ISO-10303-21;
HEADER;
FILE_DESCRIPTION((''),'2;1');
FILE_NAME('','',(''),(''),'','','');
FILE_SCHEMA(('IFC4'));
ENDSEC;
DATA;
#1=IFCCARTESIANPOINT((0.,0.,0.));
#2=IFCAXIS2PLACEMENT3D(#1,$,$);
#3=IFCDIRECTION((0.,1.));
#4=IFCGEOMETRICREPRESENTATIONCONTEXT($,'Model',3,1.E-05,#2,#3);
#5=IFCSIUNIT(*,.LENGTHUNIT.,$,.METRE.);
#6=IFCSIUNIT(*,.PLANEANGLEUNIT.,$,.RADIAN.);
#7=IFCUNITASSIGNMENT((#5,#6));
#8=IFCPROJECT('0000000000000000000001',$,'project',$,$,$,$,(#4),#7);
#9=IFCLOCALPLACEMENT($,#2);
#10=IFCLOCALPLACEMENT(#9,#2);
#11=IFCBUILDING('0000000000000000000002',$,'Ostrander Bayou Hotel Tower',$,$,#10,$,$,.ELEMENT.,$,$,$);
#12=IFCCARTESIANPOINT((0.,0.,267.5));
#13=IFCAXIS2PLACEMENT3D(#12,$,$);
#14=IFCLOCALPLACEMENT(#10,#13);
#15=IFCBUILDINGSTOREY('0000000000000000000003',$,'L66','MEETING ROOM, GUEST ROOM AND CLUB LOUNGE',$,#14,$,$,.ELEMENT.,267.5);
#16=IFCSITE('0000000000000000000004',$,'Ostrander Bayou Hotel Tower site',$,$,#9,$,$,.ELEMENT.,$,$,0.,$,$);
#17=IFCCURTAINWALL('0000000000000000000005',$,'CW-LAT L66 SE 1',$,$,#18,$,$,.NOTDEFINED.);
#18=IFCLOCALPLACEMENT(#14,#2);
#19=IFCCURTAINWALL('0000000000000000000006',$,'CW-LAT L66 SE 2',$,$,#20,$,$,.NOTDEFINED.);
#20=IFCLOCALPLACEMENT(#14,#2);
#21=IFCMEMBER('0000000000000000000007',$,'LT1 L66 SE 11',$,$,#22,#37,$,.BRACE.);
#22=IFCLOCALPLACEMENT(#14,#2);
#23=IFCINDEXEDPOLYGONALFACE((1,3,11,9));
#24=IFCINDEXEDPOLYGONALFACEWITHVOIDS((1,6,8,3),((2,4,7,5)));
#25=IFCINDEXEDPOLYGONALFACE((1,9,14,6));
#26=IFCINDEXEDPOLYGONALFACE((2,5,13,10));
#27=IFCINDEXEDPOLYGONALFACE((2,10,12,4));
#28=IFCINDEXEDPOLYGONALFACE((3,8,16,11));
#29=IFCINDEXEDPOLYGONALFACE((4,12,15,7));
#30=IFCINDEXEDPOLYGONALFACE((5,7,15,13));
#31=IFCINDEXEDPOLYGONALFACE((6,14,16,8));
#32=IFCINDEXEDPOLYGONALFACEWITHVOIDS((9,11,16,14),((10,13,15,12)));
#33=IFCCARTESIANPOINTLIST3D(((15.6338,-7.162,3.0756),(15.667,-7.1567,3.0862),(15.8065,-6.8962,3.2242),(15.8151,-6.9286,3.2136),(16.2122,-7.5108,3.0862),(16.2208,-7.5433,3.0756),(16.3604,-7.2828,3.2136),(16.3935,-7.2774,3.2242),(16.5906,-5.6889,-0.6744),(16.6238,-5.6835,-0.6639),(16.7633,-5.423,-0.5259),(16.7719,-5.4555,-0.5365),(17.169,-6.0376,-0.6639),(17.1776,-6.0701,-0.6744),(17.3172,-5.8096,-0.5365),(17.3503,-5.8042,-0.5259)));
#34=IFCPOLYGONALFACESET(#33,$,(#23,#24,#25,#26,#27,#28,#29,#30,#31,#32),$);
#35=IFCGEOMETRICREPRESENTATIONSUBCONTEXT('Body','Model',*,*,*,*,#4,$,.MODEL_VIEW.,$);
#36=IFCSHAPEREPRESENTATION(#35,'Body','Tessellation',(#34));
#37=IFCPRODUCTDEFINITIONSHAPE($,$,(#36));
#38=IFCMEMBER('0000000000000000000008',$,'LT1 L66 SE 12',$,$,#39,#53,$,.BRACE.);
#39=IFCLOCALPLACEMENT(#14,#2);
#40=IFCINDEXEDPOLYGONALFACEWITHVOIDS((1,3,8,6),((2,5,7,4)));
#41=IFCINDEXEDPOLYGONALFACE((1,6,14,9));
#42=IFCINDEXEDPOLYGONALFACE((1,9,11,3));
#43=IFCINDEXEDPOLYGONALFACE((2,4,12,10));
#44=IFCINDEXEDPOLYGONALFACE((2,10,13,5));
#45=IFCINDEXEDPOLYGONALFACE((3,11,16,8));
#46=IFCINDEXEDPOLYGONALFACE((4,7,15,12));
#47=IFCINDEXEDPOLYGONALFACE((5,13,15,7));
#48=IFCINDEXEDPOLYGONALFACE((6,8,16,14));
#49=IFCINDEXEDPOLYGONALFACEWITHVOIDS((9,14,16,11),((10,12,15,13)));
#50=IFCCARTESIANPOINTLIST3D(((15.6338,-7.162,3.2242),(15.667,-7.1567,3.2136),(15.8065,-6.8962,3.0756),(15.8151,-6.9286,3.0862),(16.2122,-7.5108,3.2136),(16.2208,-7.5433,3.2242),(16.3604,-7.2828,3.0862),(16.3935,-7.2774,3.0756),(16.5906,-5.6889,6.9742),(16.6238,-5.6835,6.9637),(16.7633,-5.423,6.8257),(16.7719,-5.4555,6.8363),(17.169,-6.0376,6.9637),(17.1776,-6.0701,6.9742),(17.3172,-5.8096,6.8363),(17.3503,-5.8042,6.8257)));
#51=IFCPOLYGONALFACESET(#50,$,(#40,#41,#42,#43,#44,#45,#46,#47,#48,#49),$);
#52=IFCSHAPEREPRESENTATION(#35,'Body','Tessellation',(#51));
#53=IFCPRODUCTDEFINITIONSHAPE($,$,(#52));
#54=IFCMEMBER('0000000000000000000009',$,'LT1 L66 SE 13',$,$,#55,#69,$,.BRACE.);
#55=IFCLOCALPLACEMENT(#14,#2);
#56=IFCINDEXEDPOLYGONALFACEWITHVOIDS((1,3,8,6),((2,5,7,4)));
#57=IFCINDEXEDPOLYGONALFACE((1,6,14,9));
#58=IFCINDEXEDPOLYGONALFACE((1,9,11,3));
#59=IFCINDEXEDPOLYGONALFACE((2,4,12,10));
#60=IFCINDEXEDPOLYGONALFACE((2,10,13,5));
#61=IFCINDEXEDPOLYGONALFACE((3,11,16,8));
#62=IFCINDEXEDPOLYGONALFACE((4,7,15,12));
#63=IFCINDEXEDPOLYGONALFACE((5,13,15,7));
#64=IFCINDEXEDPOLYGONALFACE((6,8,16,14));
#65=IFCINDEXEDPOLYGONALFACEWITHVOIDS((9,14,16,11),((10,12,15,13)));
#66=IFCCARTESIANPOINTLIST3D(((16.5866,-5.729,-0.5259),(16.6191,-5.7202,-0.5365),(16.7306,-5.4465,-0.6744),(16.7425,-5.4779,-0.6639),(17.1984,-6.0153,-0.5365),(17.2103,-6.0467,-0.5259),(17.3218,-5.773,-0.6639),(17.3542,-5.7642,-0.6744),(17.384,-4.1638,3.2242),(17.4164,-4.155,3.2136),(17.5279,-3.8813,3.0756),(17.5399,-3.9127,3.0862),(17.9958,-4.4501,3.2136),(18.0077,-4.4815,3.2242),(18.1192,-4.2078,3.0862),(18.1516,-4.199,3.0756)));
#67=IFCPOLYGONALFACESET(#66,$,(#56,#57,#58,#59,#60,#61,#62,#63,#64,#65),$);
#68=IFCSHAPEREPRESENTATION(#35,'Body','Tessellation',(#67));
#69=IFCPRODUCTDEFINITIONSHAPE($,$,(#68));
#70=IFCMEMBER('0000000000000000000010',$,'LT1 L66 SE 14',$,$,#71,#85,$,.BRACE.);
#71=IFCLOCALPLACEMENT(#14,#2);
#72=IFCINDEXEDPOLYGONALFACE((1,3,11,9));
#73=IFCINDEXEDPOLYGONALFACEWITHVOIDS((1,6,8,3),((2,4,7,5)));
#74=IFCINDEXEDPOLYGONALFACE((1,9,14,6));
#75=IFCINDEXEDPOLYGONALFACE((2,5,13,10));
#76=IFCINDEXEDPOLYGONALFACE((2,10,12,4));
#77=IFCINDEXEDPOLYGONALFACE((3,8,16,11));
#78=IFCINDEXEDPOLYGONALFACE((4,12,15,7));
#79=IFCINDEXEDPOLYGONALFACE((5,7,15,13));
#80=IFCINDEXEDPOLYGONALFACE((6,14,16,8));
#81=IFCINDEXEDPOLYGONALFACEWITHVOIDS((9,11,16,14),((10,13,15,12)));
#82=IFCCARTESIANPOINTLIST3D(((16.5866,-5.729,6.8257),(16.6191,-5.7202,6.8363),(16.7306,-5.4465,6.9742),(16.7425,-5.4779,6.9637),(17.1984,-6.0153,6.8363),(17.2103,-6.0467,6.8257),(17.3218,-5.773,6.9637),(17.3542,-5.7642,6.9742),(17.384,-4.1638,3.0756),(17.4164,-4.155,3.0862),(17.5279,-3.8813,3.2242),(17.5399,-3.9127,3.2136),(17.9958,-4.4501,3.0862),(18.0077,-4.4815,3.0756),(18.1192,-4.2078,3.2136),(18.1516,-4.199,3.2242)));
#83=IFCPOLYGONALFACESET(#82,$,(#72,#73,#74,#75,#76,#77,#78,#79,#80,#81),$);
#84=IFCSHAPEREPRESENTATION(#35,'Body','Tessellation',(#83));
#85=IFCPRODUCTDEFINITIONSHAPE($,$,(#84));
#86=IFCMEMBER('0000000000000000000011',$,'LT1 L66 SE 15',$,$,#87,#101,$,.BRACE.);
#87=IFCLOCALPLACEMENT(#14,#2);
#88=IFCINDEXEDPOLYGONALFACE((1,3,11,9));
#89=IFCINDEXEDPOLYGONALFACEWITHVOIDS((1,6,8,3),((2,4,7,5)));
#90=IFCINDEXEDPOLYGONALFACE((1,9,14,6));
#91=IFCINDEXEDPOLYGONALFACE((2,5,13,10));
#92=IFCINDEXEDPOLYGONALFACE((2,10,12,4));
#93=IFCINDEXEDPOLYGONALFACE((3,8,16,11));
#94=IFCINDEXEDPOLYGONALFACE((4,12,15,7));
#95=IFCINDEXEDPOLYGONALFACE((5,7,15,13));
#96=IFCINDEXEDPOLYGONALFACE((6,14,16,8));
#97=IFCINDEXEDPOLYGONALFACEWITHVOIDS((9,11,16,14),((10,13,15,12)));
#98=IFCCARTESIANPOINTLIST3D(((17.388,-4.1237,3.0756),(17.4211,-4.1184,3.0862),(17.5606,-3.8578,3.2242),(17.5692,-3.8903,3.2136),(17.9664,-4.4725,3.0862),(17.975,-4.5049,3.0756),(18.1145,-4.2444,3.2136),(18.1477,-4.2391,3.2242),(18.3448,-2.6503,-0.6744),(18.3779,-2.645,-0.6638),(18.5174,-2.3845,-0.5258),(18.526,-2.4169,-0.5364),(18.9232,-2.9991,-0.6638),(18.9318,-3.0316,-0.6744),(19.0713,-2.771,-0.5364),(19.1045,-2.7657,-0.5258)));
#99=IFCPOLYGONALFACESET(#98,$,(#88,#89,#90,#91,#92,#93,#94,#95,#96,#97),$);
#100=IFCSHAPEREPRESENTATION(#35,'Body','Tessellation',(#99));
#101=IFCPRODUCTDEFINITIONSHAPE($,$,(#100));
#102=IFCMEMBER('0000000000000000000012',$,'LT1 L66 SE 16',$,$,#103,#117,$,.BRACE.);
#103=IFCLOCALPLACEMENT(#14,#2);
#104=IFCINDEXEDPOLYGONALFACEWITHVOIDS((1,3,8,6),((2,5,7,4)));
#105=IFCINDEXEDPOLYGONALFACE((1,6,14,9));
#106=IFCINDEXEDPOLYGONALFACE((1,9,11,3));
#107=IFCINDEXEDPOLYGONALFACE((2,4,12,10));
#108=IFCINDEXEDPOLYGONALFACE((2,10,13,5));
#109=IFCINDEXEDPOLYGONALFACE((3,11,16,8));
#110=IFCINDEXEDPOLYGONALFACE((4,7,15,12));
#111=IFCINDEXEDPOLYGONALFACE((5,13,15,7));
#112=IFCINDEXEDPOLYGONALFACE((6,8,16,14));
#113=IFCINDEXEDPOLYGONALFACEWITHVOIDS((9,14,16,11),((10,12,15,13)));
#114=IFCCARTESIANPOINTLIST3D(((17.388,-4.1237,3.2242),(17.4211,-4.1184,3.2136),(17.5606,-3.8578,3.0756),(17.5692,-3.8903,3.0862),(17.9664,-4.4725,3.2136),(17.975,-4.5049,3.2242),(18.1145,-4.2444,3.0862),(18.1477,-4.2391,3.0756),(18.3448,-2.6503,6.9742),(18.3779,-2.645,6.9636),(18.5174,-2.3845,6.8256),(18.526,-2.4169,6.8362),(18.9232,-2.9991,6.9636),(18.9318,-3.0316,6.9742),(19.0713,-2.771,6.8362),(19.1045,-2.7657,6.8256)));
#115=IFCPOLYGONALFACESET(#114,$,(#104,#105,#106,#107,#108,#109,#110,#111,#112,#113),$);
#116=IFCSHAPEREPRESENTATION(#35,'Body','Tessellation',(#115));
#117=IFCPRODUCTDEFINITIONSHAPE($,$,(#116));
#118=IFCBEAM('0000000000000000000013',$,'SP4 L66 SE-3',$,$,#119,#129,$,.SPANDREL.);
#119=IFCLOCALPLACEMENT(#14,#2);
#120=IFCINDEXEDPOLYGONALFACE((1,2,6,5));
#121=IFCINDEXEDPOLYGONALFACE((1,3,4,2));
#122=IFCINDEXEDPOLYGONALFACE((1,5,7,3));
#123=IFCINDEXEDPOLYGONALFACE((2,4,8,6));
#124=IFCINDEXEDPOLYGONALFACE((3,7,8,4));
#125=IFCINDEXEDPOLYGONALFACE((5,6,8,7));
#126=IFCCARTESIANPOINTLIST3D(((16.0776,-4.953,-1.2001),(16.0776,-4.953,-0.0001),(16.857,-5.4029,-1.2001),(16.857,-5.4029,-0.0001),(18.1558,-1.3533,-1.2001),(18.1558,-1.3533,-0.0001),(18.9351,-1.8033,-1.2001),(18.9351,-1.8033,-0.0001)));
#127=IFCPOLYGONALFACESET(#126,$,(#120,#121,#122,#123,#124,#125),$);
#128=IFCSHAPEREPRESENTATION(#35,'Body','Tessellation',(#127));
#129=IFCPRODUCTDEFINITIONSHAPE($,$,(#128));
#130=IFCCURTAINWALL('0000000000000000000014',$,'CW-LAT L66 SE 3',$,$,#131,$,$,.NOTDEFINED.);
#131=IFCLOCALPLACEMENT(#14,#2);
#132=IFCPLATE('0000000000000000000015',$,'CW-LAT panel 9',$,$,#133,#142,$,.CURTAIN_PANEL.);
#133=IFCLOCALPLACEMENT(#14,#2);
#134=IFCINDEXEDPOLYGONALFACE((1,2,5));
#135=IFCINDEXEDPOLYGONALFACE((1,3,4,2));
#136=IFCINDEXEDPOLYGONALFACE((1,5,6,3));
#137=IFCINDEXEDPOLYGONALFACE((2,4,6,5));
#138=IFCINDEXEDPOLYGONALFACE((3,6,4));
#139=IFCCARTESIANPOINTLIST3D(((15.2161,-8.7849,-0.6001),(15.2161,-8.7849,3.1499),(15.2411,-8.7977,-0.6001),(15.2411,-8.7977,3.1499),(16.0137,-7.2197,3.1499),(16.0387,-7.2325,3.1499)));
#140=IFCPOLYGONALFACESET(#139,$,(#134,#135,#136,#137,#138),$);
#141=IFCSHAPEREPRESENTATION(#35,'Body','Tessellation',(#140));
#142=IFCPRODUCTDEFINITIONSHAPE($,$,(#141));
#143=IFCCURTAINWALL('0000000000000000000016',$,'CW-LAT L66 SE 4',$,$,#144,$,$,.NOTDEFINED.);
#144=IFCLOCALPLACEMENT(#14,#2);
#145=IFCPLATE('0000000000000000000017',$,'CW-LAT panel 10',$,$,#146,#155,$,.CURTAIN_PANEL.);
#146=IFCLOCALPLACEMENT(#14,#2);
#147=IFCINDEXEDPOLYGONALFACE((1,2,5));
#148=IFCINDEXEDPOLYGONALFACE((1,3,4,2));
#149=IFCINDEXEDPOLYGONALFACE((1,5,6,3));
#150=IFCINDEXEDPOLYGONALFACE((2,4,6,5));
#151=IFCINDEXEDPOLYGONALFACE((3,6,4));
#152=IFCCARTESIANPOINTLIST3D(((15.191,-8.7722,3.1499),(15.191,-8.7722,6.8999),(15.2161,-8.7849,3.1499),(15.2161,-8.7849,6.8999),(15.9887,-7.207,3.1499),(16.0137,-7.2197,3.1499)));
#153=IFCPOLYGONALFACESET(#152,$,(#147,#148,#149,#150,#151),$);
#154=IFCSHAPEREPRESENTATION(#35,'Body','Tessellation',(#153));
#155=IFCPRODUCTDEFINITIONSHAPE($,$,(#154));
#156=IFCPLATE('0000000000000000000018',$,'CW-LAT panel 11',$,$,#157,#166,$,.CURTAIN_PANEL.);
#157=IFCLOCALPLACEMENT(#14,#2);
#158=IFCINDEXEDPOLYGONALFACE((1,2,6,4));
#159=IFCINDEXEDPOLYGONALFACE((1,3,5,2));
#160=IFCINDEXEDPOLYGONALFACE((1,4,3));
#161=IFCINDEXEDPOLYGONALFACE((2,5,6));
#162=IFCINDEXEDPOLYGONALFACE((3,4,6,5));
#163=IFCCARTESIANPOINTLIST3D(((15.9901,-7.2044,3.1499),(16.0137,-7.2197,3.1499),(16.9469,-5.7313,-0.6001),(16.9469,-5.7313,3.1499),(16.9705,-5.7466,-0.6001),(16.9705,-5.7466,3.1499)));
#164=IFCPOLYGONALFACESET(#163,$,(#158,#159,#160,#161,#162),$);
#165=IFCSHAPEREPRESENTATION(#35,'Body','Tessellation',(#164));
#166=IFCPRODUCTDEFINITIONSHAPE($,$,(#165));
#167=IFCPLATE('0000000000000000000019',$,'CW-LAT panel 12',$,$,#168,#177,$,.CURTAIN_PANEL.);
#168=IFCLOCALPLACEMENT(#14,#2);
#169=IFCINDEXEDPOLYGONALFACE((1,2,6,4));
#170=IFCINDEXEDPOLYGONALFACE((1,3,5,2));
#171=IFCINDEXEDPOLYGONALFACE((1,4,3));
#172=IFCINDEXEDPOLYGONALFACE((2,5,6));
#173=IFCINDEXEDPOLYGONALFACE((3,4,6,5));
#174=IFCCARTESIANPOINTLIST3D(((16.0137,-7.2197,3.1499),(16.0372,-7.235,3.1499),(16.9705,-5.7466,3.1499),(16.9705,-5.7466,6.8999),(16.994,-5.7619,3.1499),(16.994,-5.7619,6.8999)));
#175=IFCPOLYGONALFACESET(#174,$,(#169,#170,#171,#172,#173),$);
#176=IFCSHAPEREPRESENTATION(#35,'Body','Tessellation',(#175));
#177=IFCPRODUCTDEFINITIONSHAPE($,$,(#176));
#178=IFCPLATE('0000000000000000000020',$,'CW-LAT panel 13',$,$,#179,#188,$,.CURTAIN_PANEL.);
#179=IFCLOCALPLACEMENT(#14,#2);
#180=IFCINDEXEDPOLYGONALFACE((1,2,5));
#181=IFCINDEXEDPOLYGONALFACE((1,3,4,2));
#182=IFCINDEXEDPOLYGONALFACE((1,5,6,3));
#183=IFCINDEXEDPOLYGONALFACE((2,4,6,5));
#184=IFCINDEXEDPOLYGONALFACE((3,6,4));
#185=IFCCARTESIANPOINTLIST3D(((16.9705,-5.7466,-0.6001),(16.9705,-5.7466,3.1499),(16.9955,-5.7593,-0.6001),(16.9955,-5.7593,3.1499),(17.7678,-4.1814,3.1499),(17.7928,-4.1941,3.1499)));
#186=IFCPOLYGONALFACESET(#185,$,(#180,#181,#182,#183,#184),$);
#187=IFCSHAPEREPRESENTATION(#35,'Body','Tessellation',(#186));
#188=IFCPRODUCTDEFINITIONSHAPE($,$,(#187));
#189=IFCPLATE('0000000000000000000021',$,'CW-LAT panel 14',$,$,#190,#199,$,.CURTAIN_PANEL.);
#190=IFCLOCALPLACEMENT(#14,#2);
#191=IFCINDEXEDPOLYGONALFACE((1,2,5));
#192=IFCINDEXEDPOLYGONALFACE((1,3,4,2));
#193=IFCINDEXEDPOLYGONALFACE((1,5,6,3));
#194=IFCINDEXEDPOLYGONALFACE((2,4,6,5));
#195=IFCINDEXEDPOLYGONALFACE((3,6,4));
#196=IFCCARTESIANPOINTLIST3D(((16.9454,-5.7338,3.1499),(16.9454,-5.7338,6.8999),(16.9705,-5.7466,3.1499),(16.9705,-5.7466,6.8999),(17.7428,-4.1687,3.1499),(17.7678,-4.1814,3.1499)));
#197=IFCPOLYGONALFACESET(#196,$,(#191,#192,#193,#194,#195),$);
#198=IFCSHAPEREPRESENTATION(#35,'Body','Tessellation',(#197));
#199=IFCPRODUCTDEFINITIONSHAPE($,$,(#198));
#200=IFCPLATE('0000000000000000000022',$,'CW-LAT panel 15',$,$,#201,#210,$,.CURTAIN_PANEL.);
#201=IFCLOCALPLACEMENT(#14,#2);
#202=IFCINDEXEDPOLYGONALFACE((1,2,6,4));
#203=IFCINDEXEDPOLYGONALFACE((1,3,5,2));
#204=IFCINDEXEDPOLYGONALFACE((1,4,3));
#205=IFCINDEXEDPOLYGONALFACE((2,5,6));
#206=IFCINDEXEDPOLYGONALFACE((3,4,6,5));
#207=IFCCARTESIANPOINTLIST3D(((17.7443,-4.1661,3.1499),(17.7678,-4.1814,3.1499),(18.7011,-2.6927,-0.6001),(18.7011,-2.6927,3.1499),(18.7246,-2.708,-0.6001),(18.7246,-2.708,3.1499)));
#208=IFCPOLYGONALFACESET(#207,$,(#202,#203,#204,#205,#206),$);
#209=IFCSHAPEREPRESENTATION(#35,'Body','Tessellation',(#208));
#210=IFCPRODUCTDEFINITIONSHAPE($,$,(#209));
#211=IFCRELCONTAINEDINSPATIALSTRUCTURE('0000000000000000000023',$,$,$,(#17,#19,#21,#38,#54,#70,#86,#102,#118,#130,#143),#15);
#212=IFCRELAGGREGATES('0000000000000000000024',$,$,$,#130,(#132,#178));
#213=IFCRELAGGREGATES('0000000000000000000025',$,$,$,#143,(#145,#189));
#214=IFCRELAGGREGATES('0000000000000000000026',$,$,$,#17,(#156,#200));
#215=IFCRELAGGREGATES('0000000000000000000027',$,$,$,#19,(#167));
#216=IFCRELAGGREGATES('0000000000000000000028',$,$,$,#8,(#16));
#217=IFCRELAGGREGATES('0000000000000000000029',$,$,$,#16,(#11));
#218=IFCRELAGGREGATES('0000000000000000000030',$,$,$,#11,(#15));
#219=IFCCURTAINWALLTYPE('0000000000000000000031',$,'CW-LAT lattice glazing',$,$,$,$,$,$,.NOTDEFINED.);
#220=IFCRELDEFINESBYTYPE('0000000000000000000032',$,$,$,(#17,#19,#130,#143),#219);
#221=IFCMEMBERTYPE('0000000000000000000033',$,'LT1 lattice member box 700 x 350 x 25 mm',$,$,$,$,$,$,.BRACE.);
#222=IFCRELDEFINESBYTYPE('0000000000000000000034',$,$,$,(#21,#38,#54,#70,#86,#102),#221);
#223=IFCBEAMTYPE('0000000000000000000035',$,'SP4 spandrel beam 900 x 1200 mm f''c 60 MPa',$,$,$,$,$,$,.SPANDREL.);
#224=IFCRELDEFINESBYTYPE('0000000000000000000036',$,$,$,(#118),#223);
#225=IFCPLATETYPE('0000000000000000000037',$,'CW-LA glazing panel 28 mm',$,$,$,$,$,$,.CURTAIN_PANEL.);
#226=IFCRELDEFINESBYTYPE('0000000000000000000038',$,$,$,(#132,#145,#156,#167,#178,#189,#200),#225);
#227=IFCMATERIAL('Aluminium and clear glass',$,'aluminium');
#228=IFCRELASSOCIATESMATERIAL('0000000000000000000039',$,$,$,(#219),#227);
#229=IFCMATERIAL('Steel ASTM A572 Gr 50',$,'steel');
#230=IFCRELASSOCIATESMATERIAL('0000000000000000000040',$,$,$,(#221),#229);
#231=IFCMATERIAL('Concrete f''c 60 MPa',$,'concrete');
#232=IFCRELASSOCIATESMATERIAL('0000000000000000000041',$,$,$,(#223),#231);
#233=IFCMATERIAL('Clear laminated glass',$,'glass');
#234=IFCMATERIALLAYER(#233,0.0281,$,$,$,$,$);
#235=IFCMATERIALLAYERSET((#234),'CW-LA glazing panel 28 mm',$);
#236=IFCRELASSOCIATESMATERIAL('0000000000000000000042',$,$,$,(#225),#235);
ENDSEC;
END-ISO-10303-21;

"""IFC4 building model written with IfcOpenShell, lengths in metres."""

from ifc_helpers import new_model, si_unit, direction, frame, origin, origin_2d, place, context, subcontext, project, spatial, polyline, rectangle, hollow_rectangle, outline, extrude, material, layer, layer_set, material_profile, profile_set, type_object, element, aggregate, save


model = new_model("IFC4")

# Units and contexts
model_context = context("Model", 3, precision=1e-05, world=origin(), true_north=direction((0.0, 1.0)))
body_context = subcontext(model_context, "Body", "Model", "MODEL_VIEW")
ifc_project = project(units=[si_unit("LENGTHUNIT", "METRE"), si_unit("PLANEANGLEUNIT", "RADIAN")], contexts=[model_context])

# Site, building, storey
site_placement = place(None, origin())
site = spatial("IfcSite", under=ifc_project, at=site_placement, Name="Ostrander Bayou Hotel Tower site", CompositionType="ELEMENT", RefElevation=0.0)
building_placement = place(site_placement, origin())
building = spatial("IfcBuilding", under=site, at=building_placement, Name="Ostrander Bayou Hotel Tower", CompositionType="ELEMENT")
storey_placement = place(building_placement, frame((0.0, 0.0, 267.5)))
storey = spatial("IfcBuildingStorey", under=building, at=storey_placement, Name="L66", Description="MEETING ROOM, GUEST ROOM AND CLUB LOUNGE", CompositionType="ELEMENT", Elevation=267.5)

# Curtain walls
ifc_material_1 = material(Name="Aluminium and clear glass", Category="aluminium")
curtain_wall_type = type_object("IfcCurtainWallType", Name="CW-LAT lattice glazing", PredefinedType="NOTDEFINED", material=ifc_material_1)
curtain_wall_1_placement = place(storey_placement, origin())
curtain_wall_1 = element("IfcCurtainWall", 1, at=curtain_wall_1_placement, inside=storey, type_object=curtain_wall_type, Name="CW-LAT L66 SE 1", PredefinedType="NOTDEFINED")
curtain_wall_2_placement = place(storey_placement, origin())
curtain_wall_2 = element("IfcCurtainWall", 2, at=curtain_wall_2_placement, inside=storey, type_object=curtain_wall_type, Name="CW-LAT L66 SE 2", PredefinedType="NOTDEFINED")

# Members
ifc_material_2 = material(Name="Steel ASTM A572 Gr 50", Category="steel")
ifc_material_profile_1 = material_profile(ifc_material_2, hollow_rectangle(XDim=0.7, YDim=0.3501, WallThickness=0.0249, at=origin_2d()))
ifc_profile_set_1 = profile_set([ifc_material_profile_1], Name="Steel ASTM A572 Gr 50")
member_type_1 = type_object("IfcMemberType", Name="LT1 lattice member box 700 x 350 x 25 mm", PredefinedType="BRACE", material=ifc_profile_set_1)
for number, where, z_axis, x_axis, name in (
    (3, (16.0137, -7.2197, 3.1499), (0.231051, 0.355744, -0.905573), (-0.83864, 0.544685, 0.0), "LT1 L66 SE 11"),
    (4, (16.0137, -7.2197, 3.1499), (0.231051, 0.355744, 0.905573), (-0.83864, 0.544685, 0.0), "LT1 L66 SE 12"),
    (5, (17.7678, -4.1814, 3.1499), (-0.192552, -0.37797, -0.905573), (0.891038, -0.453928, 0.0), "LT1 L66 SE 13"),
    (6, (17.7678, -4.1814, 3.1499), (-0.192552, -0.37797, 0.905573), (0.891038, -0.453928, 0.0), "LT1 L66 SE 14"),
    (7, (17.7678, -4.1814, 3.1499), (0.231046, 0.355795, -0.905554), (-0.838682, 0.544622, 0.0), "LT1 L66 SE 15"),
    (8, (17.7678, -4.1814, 3.1499), (0.231046, 0.355795, 0.905554), (-0.838682, 0.544622, 0.0), "LT1 L66 SE 16"),
):
    element("IfcMember", number, at=place(storey_placement, frame(where, z_axis=z_axis, x_axis=x_axis)), inside=storey, type_object=member_type_1, Name=name, PredefinedType="BRACE", context=body_context, shape_type="SweptSolid", body=[
        extrude(hollow_rectangle(XDim=0.7, YDim=0.3501, WallThickness=0.0249, at=origin_2d()), origin(), (0.0, 0.0, 1.0), 4.1411),
    ])

# Beam
ifc_material_3 = material(Name="Concrete f'c 60 MPa", Category="concrete")
ifc_material_profile_2 = material_profile(ifc_material_3, rectangle(XDim=0.8999, YDim=1.2, at=origin_2d()))
ifc_profile_set_2 = profile_set([ifc_material_profile_2], Name="Concrete f'c 60 MPa")
beam_type_1 = type_object("IfcBeamType", Name="SP4 spandrel beam 900 x 1200 mm f'c 60 MPa", PredefinedType="SPANDREL", material=ifc_profile_set_2)
beam_1_placement = place(storey_placement, frame((16.4673, -5.178, -0.6001), z_axis=(0.49998, 0.866037, 0.0), x_axis=(-0.866037, 0.49998, 0.0)))
element("IfcBeam", 9, at=beam_1_placement, inside=storey, type_object=beam_type_1, Name="SP4 L66 SE-3", PredefinedType="SPANDREL", context=body_context, shape_type="SweptSolid", body=[
    extrude(rectangle(XDim=0.8999, YDim=1.2, at=origin_2d()), origin(), (0.0, 0.0, 1.0), 4.1565),
])

# Curtain walls, plates
curtain_wall_3_placement = place(storey_placement, origin())
curtain_wall_3 = element("IfcCurtainWall", 10, at=curtain_wall_3_placement, inside=storey, type_object=curtain_wall_type, Name="CW-LAT L66 SE 3", PredefinedType="NOTDEFINED")
ifc_material_4 = material(Name="Clear laminated glass", Category="glass")
ifc_layer_1 = layer(ifc_material_4, 0.0281)
ifc_layer_set_1 = layer_set([ifc_layer_1], Name="CW-LA glazing panel 28 mm")
plate_type = type_object("IfcPlateType", Name="CW-LA glazing panel 28 mm", PredefinedType="CURTAIN_PANEL", material=ifc_layer_set_1)
plate_1_placement = place(storey_placement, frame((16.0137, -7.2197, 3.1499), z_axis=(-0.890982, 0.454038, 0.0), x_axis=(-0.192609, -0.377966, -0.905562)))
plate_1 = element("IfcPlate", 11, at=plate_1_placement, type_object=plate_type, Name="CW-LAT panel 9", PredefinedType="CURTAIN_PANEL", context=body_context, shape_type="SweptSolid", body=[
    extrude(outline(polyline([(0.0, 0.0), (4.1411, 0.0), (0.7452, 1.5908), (0.0, 0.0)])), origin(), (0.0, 0.0, -1.0), 0.0281),
])
curtain_wall_4_placement = place(storey_placement, origin())
curtain_wall_4 = element("IfcCurtainWall", 12, at=curtain_wall_4_placement, inside=storey, type_object=curtain_wall_type, Name="CW-LAT L66 SE 4", PredefinedType="NOTDEFINED")
plate_2_placement = place(storey_placement, frame((16.0137, -7.2197, 3.1499), z_axis=(0.890982, -0.454038, 0.0), x_axis=(-0.192609, -0.377966, 0.905562)))
plate_2 = element("IfcPlate", 13, at=plate_2_placement, type_object=plate_type, Name="CW-LAT panel 10", PredefinedType="CURTAIN_PANEL", context=body_context, shape_type="SweptSolid", body=[
    extrude(outline(polyline([(0.0, 0.0), (4.1411, 0.0), (0.7452, 1.5908), (0.0, 0.0)])), origin(), (0.0, 0.0, -1.0), 0.0281),
])

# Plates
plate_3_placement = place(storey_placement, frame((16.0137, -7.2197, 3.1499), z_axis=(0.83864, -0.544685, 0.0), x_axis=(0.231051, 0.355744, -0.905573)))
plate_3 = element("IfcPlate", 14, at=plate_3_placement, type_object=plate_type, Name="CW-LAT panel 11", PredefinedType="CURTAIN_PANEL", context=body_context, shape_type="SweptSolid", body=[
    extrude(outline(polyline([(0.0, 0.0), (4.141, 0.0), (0.7451, 1.5907), (0.0, 0.0)])), origin(), (0.0, 0.0, -1.0), 0.0281),
])
plate_4_placement = place(storey_placement, frame((16.0137, -7.2197, 3.1499), z_axis=(-0.83864, 0.544685, 0.0), x_axis=(0.231051, 0.355744, 0.905573)))
plate_4 = element("IfcPlate", 15, at=plate_4_placement, type_object=plate_type, Name="CW-LAT panel 12", PredefinedType="CURTAIN_PANEL", context=body_context, shape_type="SweptSolid", body=[
    extrude(outline(polyline([(0.0, 0.0), (4.141, 0.0), (0.7451, 1.5907), (0.0, 0.0)])), origin(), (0.0, 0.0, -1.0), 0.0281),
])
plate_5_placement = place(storey_placement, frame((17.7678, -4.1814, 3.1499), z_axis=(-0.891038, 0.453928, 0.0), x_axis=(-0.192552, -0.37797, -0.905573)))
plate_5 = element("IfcPlate", 16, at=plate_5_placement, type_object=plate_type, Name="CW-LAT panel 13", PredefinedType="CURTAIN_PANEL", context=body_context, shape_type="SweptSolid", body=[
    extrude(outline(polyline([(0.0, 0.0), (4.141, 0.0), (0.7451, 1.5907), (0.0, 0.0)])), origin(), (0.0, 0.0, -1.0), 0.0281),
])
aggregate(curtain_wall_3, [plate_1, plate_5])
plate_6_placement = place(storey_placement, frame((17.7678, -4.1814, 3.1499), z_axis=(0.891038, -0.453928, 0.0), x_axis=(-0.192552, -0.37797, 0.905573)))
plate_6 = element("IfcPlate", 17, at=plate_6_placement, type_object=plate_type, Name="CW-LAT panel 14", PredefinedType="CURTAIN_PANEL", context=body_context, shape_type="SweptSolid", body=[
    extrude(outline(polyline([(0.0, 0.0), (4.141, 0.0), (0.7451, 1.5907), (0.0, 0.0)])), origin(), (0.0, 0.0, -1.0), 0.0281),
])
aggregate(curtain_wall_4, [plate_2, plate_6])
plate_7_placement = place(storey_placement, frame((17.7678, -4.1814, 3.1499), z_axis=(0.838682, -0.544622, 0.0), x_axis=(0.231046, 0.355795, -0.905554)))
plate_7 = element("IfcPlate", 18, at=plate_7_placement, type_object=plate_type, Name="CW-LAT panel 15", PredefinedType="CURTAIN_PANEL", context=body_context, shape_type="SweptSolid", body=[
    extrude(outline(polyline([(0.0, 0.0), (4.1411, 0.0), (0.7453, 1.5909), (0.0, 0.0)])), origin(), (0.0, 0.0, -1.0), 0.0281),
])
aggregate(curtain_wall_1, [plate_3, plate_7])
aggregate(curtain_wall_2, [plate_4])

save(model, "model.ifc")
